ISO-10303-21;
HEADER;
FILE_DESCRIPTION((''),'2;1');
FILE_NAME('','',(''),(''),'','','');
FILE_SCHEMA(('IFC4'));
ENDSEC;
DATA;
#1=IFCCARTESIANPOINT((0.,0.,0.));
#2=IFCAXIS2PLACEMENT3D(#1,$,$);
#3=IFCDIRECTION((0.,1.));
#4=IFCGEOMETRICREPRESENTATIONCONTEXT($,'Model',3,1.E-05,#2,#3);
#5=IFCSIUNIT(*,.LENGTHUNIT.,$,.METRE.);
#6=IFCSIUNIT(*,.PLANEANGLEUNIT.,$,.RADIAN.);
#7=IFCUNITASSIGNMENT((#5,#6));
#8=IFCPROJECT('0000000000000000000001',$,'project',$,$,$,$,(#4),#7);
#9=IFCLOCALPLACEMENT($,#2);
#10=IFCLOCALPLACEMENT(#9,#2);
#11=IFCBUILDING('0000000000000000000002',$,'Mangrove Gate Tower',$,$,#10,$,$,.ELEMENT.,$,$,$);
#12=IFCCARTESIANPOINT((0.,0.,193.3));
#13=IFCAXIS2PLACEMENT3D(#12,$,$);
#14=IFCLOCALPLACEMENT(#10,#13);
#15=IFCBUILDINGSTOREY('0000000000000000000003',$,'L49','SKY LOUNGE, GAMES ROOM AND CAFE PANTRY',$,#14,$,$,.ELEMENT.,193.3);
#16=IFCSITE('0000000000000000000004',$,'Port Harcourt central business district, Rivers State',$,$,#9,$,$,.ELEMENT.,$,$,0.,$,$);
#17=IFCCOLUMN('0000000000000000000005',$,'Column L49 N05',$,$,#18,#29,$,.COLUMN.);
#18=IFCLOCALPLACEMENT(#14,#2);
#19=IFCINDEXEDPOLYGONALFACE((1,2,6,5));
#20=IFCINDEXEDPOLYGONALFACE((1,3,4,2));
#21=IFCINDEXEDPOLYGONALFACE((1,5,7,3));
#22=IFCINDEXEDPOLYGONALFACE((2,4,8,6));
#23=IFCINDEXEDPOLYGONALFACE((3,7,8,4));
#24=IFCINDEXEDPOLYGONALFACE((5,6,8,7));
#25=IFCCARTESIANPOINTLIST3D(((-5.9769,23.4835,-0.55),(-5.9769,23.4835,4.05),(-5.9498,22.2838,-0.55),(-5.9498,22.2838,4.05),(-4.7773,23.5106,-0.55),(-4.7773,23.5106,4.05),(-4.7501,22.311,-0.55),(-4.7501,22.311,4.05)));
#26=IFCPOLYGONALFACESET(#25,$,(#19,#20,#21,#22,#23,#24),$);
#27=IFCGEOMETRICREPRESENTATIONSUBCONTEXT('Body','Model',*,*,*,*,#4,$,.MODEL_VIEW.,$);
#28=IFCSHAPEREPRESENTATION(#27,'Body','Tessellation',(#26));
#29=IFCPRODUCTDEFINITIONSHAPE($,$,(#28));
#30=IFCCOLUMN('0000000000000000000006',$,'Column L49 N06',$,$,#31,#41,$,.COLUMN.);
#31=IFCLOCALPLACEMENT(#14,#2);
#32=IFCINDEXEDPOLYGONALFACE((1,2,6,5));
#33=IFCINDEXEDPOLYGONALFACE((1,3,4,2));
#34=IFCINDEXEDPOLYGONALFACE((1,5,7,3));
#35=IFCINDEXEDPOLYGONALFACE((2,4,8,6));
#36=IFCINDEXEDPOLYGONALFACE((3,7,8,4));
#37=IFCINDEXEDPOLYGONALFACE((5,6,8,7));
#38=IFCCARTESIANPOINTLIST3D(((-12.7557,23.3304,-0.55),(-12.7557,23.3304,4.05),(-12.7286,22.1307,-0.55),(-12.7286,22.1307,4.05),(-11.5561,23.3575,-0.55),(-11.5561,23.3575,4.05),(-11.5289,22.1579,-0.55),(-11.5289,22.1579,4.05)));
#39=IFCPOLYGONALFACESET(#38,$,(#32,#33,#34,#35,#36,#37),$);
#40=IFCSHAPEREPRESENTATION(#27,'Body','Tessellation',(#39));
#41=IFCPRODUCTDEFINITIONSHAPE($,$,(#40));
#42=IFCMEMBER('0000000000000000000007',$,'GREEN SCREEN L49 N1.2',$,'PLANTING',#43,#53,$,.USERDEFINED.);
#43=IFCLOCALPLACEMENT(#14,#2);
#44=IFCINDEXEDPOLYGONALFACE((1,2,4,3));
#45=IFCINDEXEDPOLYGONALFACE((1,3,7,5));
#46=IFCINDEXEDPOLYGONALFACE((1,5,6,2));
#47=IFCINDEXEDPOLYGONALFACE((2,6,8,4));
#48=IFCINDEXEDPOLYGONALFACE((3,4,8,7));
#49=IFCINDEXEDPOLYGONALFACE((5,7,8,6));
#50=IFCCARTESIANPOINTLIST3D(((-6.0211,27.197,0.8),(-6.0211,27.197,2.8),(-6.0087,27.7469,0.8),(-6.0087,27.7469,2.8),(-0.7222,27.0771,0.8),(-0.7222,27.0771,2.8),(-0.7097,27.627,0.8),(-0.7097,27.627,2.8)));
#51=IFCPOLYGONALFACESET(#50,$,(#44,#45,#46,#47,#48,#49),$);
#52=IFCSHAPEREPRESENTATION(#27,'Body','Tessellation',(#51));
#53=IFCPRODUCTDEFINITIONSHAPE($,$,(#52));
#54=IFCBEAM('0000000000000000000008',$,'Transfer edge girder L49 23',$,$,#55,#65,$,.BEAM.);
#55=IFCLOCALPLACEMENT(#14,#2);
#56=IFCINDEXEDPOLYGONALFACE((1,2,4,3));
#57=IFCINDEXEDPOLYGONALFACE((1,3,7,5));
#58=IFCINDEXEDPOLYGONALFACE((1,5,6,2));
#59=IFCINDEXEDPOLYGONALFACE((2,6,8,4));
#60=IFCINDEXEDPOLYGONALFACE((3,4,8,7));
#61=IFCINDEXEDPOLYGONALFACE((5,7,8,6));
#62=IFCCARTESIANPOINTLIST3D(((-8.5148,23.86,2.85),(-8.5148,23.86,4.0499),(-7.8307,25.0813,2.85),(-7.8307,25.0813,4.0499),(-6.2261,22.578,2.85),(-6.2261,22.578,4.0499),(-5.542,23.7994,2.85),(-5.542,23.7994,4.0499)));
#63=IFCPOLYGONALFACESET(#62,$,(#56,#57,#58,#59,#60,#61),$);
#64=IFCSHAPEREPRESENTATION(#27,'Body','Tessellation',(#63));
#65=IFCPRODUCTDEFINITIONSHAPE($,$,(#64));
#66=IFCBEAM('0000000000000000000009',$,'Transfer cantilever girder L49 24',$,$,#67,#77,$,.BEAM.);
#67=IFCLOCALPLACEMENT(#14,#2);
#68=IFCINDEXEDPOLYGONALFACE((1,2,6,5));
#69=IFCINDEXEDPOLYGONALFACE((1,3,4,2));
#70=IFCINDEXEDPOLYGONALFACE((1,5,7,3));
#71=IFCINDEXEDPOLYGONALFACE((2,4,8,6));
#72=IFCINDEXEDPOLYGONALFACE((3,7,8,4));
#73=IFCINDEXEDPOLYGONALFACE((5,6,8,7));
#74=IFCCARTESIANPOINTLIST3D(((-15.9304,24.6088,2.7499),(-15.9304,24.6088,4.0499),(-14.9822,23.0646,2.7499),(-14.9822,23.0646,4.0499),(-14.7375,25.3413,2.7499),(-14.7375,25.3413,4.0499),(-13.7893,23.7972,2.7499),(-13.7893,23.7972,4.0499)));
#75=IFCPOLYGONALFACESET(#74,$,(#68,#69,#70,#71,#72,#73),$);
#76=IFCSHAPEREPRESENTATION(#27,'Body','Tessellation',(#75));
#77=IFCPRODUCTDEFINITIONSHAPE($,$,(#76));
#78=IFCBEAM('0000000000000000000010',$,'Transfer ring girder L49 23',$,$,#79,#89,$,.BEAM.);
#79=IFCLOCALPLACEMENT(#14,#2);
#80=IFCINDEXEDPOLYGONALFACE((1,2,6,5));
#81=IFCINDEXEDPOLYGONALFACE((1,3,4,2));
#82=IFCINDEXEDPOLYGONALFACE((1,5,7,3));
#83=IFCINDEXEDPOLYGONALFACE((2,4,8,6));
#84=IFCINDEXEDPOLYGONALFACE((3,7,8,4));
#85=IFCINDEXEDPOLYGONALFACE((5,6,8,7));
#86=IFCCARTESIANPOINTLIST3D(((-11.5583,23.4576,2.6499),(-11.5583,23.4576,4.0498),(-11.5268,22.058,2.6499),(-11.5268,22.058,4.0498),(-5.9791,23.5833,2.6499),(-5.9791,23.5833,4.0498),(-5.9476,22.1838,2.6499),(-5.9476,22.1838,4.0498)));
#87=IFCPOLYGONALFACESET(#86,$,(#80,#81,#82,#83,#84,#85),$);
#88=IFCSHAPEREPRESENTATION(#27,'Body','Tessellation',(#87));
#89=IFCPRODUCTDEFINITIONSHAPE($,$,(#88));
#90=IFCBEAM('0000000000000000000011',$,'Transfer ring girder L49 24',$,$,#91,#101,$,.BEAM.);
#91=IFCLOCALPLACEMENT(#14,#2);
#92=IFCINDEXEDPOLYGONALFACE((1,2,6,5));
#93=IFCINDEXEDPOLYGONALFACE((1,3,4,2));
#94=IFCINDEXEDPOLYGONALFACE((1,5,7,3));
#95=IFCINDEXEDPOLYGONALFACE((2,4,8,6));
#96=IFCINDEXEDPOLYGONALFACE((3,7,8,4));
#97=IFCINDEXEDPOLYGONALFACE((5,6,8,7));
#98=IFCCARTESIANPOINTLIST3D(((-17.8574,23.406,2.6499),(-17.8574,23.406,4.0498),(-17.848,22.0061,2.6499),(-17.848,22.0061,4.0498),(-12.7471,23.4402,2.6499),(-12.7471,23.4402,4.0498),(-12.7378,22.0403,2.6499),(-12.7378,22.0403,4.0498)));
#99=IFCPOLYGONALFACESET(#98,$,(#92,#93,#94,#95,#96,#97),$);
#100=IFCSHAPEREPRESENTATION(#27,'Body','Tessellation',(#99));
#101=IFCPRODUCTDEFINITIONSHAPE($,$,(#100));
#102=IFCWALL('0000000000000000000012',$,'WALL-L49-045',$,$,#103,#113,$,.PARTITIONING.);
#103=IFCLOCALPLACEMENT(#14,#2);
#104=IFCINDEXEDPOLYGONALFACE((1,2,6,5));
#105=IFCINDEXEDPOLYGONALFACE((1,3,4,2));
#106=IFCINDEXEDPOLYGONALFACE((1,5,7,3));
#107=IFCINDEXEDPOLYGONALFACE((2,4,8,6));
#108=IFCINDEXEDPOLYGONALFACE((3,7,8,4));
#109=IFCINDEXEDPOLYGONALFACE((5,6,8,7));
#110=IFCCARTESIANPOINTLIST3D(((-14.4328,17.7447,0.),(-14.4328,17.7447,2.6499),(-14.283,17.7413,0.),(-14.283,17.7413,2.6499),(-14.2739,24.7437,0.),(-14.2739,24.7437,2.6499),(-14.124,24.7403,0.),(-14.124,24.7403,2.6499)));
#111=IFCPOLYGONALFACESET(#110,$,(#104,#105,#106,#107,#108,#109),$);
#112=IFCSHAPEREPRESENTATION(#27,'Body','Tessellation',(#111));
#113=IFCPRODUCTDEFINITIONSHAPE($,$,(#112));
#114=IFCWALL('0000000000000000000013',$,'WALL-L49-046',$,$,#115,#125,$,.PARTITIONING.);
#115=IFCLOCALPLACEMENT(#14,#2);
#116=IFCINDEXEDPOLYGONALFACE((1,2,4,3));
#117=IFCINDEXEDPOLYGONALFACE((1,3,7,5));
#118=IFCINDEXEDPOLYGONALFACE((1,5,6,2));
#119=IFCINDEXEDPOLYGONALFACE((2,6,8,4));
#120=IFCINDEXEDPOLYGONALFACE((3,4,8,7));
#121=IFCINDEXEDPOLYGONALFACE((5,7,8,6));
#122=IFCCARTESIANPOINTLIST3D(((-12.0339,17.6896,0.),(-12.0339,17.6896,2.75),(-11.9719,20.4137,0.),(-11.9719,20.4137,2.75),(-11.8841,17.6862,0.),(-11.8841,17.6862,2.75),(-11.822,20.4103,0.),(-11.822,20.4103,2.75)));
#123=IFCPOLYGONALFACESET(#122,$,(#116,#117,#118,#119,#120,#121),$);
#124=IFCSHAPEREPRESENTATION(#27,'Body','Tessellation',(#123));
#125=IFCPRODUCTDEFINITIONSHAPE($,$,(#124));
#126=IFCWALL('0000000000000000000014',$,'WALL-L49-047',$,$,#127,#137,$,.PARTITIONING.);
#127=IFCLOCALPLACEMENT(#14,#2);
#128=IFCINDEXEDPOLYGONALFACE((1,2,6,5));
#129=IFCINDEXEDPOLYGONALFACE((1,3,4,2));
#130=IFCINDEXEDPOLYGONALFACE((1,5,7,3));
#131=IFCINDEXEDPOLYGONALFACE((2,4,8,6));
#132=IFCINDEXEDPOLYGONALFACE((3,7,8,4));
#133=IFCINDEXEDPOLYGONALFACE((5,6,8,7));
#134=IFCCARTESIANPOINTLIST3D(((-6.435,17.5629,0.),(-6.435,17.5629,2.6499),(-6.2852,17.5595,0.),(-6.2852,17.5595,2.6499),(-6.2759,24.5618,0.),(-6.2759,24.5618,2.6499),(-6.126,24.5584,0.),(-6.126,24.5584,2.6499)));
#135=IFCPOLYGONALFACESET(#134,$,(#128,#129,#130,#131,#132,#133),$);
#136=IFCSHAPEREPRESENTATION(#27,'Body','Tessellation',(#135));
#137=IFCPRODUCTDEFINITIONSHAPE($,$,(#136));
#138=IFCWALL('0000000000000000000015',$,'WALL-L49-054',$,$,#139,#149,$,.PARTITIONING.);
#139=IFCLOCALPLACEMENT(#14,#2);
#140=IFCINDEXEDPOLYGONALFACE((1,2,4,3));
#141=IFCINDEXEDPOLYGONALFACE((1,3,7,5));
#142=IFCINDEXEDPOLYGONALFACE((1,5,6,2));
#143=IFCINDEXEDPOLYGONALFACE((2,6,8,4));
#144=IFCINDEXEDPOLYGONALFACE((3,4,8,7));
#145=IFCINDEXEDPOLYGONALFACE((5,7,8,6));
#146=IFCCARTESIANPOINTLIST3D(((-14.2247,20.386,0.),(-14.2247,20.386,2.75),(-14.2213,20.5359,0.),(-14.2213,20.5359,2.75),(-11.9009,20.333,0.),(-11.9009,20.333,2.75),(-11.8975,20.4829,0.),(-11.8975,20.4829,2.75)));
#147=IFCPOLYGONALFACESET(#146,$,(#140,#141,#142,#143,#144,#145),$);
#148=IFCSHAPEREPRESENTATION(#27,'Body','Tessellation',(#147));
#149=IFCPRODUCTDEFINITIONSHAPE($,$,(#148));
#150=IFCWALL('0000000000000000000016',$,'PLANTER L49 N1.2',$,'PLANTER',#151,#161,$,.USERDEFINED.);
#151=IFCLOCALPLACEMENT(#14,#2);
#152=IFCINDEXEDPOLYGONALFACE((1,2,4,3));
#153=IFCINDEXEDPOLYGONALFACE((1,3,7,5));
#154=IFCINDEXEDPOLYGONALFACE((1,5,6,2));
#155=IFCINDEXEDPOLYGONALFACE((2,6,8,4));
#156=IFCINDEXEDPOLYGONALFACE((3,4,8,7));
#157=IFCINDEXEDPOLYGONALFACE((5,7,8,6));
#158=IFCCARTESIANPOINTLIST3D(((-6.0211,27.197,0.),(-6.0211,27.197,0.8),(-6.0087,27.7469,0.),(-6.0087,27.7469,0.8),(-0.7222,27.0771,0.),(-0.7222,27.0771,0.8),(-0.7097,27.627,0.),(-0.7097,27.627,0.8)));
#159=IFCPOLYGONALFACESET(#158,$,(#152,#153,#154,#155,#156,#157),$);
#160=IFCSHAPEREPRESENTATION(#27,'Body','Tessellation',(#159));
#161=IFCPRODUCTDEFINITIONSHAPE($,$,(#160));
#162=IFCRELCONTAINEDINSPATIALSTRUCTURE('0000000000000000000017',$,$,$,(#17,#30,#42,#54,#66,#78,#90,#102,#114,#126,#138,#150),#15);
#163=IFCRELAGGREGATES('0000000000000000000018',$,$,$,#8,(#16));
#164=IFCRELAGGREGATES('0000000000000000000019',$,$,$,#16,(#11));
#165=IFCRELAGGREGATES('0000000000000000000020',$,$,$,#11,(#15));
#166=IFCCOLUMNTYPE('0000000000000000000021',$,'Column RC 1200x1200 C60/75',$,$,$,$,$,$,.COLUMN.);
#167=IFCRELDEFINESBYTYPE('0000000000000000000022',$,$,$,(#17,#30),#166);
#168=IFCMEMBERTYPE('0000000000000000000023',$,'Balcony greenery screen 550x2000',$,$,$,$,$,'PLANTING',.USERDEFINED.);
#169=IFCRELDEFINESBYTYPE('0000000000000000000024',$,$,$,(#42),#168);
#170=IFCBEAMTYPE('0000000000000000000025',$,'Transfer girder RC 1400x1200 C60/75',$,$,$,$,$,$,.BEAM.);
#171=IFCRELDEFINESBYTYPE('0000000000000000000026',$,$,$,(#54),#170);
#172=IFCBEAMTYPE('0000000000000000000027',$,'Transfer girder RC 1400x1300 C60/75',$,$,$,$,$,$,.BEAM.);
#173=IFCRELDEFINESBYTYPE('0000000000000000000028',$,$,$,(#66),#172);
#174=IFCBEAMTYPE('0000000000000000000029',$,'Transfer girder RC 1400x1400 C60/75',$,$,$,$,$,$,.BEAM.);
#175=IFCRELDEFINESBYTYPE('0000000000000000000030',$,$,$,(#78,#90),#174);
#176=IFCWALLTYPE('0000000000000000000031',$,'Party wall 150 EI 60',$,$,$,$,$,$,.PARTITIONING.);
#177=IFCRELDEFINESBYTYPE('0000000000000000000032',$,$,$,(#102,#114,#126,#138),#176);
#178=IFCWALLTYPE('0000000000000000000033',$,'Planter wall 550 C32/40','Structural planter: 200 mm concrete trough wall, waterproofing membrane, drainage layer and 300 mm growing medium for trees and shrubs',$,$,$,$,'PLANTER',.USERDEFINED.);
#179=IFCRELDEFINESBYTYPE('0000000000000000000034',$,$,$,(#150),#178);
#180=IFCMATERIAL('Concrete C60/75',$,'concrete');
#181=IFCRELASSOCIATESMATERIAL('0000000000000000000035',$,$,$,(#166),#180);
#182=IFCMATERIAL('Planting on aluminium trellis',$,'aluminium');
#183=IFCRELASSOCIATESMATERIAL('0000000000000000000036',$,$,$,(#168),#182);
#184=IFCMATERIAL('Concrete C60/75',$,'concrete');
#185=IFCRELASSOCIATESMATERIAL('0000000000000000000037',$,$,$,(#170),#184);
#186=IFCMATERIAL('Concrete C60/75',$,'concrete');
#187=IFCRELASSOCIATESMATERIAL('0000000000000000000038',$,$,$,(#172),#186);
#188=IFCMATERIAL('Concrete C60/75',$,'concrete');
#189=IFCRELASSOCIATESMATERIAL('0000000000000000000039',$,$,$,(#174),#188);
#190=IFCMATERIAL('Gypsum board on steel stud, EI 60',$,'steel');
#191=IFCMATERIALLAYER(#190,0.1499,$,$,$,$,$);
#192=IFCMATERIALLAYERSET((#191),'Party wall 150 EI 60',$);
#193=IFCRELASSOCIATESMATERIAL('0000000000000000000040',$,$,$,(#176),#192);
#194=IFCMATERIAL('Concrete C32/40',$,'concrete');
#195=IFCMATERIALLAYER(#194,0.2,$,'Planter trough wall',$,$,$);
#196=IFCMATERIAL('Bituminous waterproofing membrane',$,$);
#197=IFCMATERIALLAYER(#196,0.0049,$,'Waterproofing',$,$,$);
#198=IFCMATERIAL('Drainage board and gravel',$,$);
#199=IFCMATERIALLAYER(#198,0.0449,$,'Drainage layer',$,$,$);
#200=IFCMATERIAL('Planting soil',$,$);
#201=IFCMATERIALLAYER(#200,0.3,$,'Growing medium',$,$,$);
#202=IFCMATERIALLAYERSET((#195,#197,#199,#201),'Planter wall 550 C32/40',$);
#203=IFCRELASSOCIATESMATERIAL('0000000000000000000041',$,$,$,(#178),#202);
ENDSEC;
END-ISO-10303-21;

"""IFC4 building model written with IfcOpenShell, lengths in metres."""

from ifc_helpers import new_model, si_unit, direction, frame, frame_2d, origin, origin_2d, place, context, subcontext, project, spatial, rectangle, extrude, material, layer, layer_set, material_profile, profile_set, type_object, element, save


model = new_model("IFC4")

# Units and contexts
model_context = context("Model", 3, precision=1e-05, world=origin(), true_north=direction((0.0, 1.0)))
body_context = subcontext(model_context, "Body", "Model", "MODEL_VIEW")
ifc_project = project(units=[si_unit("LENGTHUNIT", "METRE"), si_unit("PLANEANGLEUNIT", "RADIAN")], contexts=[model_context])

# Site, building, storey
site_placement = place(None, origin())
site = spatial("IfcSite", under=ifc_project, at=site_placement, Name="Port Harcourt central business district, Rivers State", CompositionType="ELEMENT", RefElevation=0.0)
building_placement = place(site_placement, origin())
building = spatial("IfcBuilding", under=site, at=building_placement, Name="Mangrove Gate Tower", CompositionType="ELEMENT")
storey_placement = place(building_placement, frame((0.0, 0.0, 193.3)))
storey = spatial("IfcBuildingStorey", under=building, at=storey_placement, Name="L49", Description="SKY LOUNGE, GAMES ROOM AND CAFE PANTRY", CompositionType="ELEMENT", Elevation=193.3)

# Columns
ifc_material_1 = material(Name="Concrete C60/75", Category="concrete")
ifc_material_profile_1 = material_profile(ifc_material_1, rectangle(XDim=1.2, YDim=1.2, at=origin_2d()))
ifc_profile_set_1 = profile_set([ifc_material_profile_1], Name="Concrete C60/75")
column_type = type_object("IfcColumnType", Name="Column RC 1200x1200 C60/75", PredefinedType="COLUMN", material=ifc_profile_set_1)
for number, where, z_axis, x_axis, name in (
    (1, (-5.3635, 22.8972, -0.55), (0.0, 0.0, 1.0), (-0.999744, -0.022639, 0.0), "Column L49 N05"),
    (2, (-12.1423, 22.7441, -0.55), (0.0, 0.0, 1.0), (-0.999744, -0.022639, 0.0), "Column L49 N06"),
):
    element("IfcColumn", number, at=place(storey_placement, frame(where, z_axis=z_axis, x_axis=x_axis)), inside=storey, type_object=column_type, Name=name, PredefinedType="COLUMN", context=body_context, shape_type="SweptSolid", body=[
        extrude(rectangle(XDim=1.2, YDim=1.2, at=origin_2d()), origin(), (0.0, 0.0, 1.0), 4.6001),
    ])

# Member
ifc_material_2 = material(Name="Planting on aluminium trellis", Category="aluminium")
ifc_material_profile_2 = material_profile(ifc_material_2, rectangle(XDim=0.55, YDim=2.0, at=origin_2d()))
ifc_profile_set_2 = profile_set([ifc_material_profile_2], Name="Planting on aluminium trellis")
member_type = type_object("IfcMemberType", Name="Balcony greenery screen 550x2000", ElementType="PLANTING", PredefinedType="USERDEFINED", material=ifc_profile_set_2)
member_placement = place(storey_placement, frame((-6.0149, 27.4719, 1.8), z_axis=(0.999744, -0.022617, 0.0), x_axis=(0.022617, 0.999744, 0.0)))
element("IfcMember", 3, at=member_placement, inside=storey, type_object=member_type, Name="GREEN SCREEN L49 N1.2", ObjectType="PLANTING", PredefinedType="USERDEFINED", context=body_context, shape_type="SweptSolid", body=[
    extrude(rectangle(XDim=0.55, YDim=2.0, at=origin_2d()), origin(), (0.0, 0.0, 1.0), 5.3003),
])

# Beams
ifc_material_3 = material(Name="Concrete C60/75", Category="concrete")
ifc_material_profile_3 = material_profile(ifc_material_3, rectangle(XDim=1.3999, YDim=1.2, at=origin_2d()))
ifc_profile_set_3 = profile_set([ifc_material_profile_3], Name="Concrete C60/75")
beam_type_1 = type_object("IfcBeamType", Name="Transfer girder RC 1400x1200 C60/75", PredefinedType="BEAM", material=ifc_profile_set_3)
beam_1_placement = place(storey_placement, frame((-5.884, 23.1887, 3.45), z_axis=(-0.872466, 0.488674, 0.0), x_axis=(-0.488674, -0.872466, 0.0)))
element("IfcBeam", 4, at=beam_1_placement, inside=storey, type_object=beam_type_1, Name="Transfer edge girder L49 23", PredefinedType="BEAM", context=body_context, shape_type="SweptSolid", body=[
    extrude(rectangle(XDim=1.3999, YDim=1.2, at=origin_2d()), origin(), (0.0, 0.0, 1.0), 2.6233),
])
ifc_material_4 = material(Name="Concrete C60/75", Category="concrete")
ifc_material_profile_4 = material_profile(ifc_material_4, rectangle(XDim=1.3999, YDim=1.3, at=origin_2d()))
ifc_profile_set_4 = profile_set([ifc_material_profile_4], Name="Concrete C60/75")
beam_type_2 = type_object("IfcBeamType", Name="Transfer girder RC 1400x1300 C60/75", PredefinedType="BEAM", material=ifc_profile_set_4)
beam_2_placement = place(storey_placement, frame((-14.3857, 23.4309, 3.3999), z_axis=(-0.523285, 0.852158, 0.0), x_axis=(-0.852158, -0.523285, 0.0)))
element("IfcBeam", 5, at=beam_2_placement, inside=storey, type_object=beam_type_2, Name="Transfer cantilever girder L49 24", PredefinedType="BEAM", context=body_context, shape_type="SweptSolid", body=[
    extrude(rectangle(XDim=1.3999, YDim=1.3, at=origin_2d()), origin(), (0.0, 0.0, 1.0), 1.812),
])
ifc_material_5 = material(Name="Concrete C60/75", Category="concrete")
ifc_material_profile_5 = material_profile(ifc_material_5, rectangle(XDim=1.3999, YDim=1.3999, at=origin_2d()))
ifc_profile_set_5 = profile_set([ifc_material_profile_5], Name="Concrete C60/75")
beam_type_3 = type_object("IfcBeamType", Name="Transfer girder RC 1400x1400 C60/75", PredefinedType="BEAM", material=ifc_profile_set_5)
beam_3_placement = place(storey_placement, frame((-5.9634, 22.8835, 3.3499), z_axis=(-0.999746, -0.022531, 0.0), x_axis=(0.022531, -0.999746, 0.0)))
element("IfcBeam", 6, at=beam_3_placement, inside=storey, type_object=beam_type_3, Name="Transfer ring girder L49 23", PredefinedType="BEAM", context=body_context, shape_type="SweptSolid", body=[
    extrude(rectangle(XDim=1.3999, YDim=1.3999, at=origin_2d()), origin(), (0.0, 0.0, 1.0), 5.5806),
])
beam_4_placement = place(storey_placement, frame((-12.7424, 22.7402, 3.3499), z_axis=(-0.999978, -0.006688, 0.0), x_axis=(0.006688, -0.999978, 0.0)))
element("IfcBeam", 7, at=beam_4_placement, inside=storey, type_object=beam_type_3, Name="Transfer ring girder L49 24", PredefinedType="BEAM", context=body_context, shape_type="SweptSolid", body=[
    extrude(rectangle(XDim=1.3999, YDim=1.3999, at=origin_2d()), origin(), (0.0, 0.0, 1.0), 5.1104),
])

# Walls
ifc_material_6 = material(Name="Gypsum board on steel stud, EI 60", Category="steel")
ifc_layer_1 = layer(ifc_material_6, 0.1499)
ifc_layer_set_1 = layer_set([ifc_layer_1], Name="Party wall 150 EI 60")
wall_type_1 = type_object("IfcWallType", Name="Party wall 150 EI 60", PredefinedType="PARTITIONING", material=ifc_layer_set_1)
wall_1_placement = place(storey_placement, frame((-14.3579, 17.7429, 0.0), z_axis=(0.0, 0.0, 1.0), x_axis=(0.022702, 0.999742, 0.0)))
element("IfcWall", 8, at=wall_1_placement, inside=storey, type_object=wall_type_1, Name="WALL-L49-045", PredefinedType="PARTITIONING", context=body_context, shape_type="SweptSolid", body=[
    extrude(rectangle(XDim=7.0007, YDim=0.1499, at=frame_2d((3.5005, 0.0))), origin(), (0.0, 0.0, 1.0), 2.6499),
])
wall_2_placement = place(storey_placement, frame((-11.959, 17.688, 0.0), z_axis=(0.0, 0.0, 1.0), x_axis=(0.022758, 0.999741, 0.0)))
element("IfcWall", 9, at=wall_2_placement, inside=storey, type_object=wall_type_1, Name="WALL-L49-046", PredefinedType="PARTITIONING", context=body_context, shape_type="SweptSolid", body=[
    extrude(rectangle(XDim=2.7249, YDim=0.1499, at=frame_2d((1.3623, 0.0))), origin(), (0.0, 0.0, 1.0), 2.75),
])
wall_3_placement = place(storey_placement, frame((-6.3601, 17.561, 0.0), z_axis=(0.0, 0.0, 1.0), x_axis=(0.022737, 0.999741, 0.0)))
element("IfcWall", 10, at=wall_3_placement, inside=storey, type_object=wall_type_1, Name="WALL-L49-047", PredefinedType="PARTITIONING", context=body_context, shape_type="SweptSolid", body=[
    extrude(rectangle(XDim=7.0007, YDim=0.1499, at=frame_2d((3.5005, 0.0))), origin(), (0.0, 0.0, 1.0), 2.6499),
])
wall_4_placement = place(storey_placement, frame((-14.2229, 20.4609, 0.0), z_axis=(0.0, 0.0, 1.0), x_axis=(0.99974, -0.022791, 0.0)))
element("IfcWall", 11, at=wall_4_placement, inside=storey, type_object=wall_type_1, Name="WALL-L49-054", PredefinedType="PARTITIONING", context=body_context, shape_type="SweptSolid", body=[
    extrude(rectangle(XDim=2.3245, YDim=0.1499, at=frame_2d((1.1621, 0.0))), origin(), (0.0, 0.0, 1.0), 2.75),
])
ifc_material_7 = material(Name="Concrete C32/40", Category="concrete")
ifc_layer_2 = layer(ifc_material_7, 0.2, Name="Planter trough wall")
ifc_material_8 = material(Name="Bituminous waterproofing membrane")
ifc_layer_3 = layer(ifc_material_8, 0.0049, Name="Waterproofing")
ifc_material_9 = material(Name="Drainage board and gravel")
ifc_layer_4 = layer(ifc_material_9, 0.0449, Name="Drainage layer")
ifc_material_10 = material(Name="Planting soil")
ifc_layer_5 = layer(ifc_material_10, 0.3, Name="Growing medium")
ifc_layer_set_2 = layer_set([ifc_layer_2, ifc_layer_3, ifc_layer_4, ifc_layer_5], Name="Planter wall 550 C32/40")
wall_type_2 = type_object("IfcWallType", Name="Planter wall 550 C32/40", Description="Structural planter: 200 mm concrete trough wall, waterproofing membrane, drainage layer and 300 mm growing medium for trees and shrubs", ElementType="PLANTER", PredefinedType="USERDEFINED", material=ifc_layer_set_2)
wall_5_placement = place(storey_placement, frame((-6.0149, 27.4719, 0.0), z_axis=(0.0, 0.0, 1.0), x_axis=(0.999744, -0.022617, 0.0)))
element("IfcWall", 12, at=wall_5_placement, inside=storey, type_object=wall_type_2, Name="PLANTER L49 N1.2", ObjectType="PLANTER", PredefinedType="USERDEFINED", context=body_context, shape_type="SweptSolid", body=[
    extrude(rectangle(XDim=5.3003, YDim=0.55, at=frame_2d((2.6501, 0.0))), origin(), (0.0, 0.0, 1.0), 0.8),
])

save(model, "model.ifc")
